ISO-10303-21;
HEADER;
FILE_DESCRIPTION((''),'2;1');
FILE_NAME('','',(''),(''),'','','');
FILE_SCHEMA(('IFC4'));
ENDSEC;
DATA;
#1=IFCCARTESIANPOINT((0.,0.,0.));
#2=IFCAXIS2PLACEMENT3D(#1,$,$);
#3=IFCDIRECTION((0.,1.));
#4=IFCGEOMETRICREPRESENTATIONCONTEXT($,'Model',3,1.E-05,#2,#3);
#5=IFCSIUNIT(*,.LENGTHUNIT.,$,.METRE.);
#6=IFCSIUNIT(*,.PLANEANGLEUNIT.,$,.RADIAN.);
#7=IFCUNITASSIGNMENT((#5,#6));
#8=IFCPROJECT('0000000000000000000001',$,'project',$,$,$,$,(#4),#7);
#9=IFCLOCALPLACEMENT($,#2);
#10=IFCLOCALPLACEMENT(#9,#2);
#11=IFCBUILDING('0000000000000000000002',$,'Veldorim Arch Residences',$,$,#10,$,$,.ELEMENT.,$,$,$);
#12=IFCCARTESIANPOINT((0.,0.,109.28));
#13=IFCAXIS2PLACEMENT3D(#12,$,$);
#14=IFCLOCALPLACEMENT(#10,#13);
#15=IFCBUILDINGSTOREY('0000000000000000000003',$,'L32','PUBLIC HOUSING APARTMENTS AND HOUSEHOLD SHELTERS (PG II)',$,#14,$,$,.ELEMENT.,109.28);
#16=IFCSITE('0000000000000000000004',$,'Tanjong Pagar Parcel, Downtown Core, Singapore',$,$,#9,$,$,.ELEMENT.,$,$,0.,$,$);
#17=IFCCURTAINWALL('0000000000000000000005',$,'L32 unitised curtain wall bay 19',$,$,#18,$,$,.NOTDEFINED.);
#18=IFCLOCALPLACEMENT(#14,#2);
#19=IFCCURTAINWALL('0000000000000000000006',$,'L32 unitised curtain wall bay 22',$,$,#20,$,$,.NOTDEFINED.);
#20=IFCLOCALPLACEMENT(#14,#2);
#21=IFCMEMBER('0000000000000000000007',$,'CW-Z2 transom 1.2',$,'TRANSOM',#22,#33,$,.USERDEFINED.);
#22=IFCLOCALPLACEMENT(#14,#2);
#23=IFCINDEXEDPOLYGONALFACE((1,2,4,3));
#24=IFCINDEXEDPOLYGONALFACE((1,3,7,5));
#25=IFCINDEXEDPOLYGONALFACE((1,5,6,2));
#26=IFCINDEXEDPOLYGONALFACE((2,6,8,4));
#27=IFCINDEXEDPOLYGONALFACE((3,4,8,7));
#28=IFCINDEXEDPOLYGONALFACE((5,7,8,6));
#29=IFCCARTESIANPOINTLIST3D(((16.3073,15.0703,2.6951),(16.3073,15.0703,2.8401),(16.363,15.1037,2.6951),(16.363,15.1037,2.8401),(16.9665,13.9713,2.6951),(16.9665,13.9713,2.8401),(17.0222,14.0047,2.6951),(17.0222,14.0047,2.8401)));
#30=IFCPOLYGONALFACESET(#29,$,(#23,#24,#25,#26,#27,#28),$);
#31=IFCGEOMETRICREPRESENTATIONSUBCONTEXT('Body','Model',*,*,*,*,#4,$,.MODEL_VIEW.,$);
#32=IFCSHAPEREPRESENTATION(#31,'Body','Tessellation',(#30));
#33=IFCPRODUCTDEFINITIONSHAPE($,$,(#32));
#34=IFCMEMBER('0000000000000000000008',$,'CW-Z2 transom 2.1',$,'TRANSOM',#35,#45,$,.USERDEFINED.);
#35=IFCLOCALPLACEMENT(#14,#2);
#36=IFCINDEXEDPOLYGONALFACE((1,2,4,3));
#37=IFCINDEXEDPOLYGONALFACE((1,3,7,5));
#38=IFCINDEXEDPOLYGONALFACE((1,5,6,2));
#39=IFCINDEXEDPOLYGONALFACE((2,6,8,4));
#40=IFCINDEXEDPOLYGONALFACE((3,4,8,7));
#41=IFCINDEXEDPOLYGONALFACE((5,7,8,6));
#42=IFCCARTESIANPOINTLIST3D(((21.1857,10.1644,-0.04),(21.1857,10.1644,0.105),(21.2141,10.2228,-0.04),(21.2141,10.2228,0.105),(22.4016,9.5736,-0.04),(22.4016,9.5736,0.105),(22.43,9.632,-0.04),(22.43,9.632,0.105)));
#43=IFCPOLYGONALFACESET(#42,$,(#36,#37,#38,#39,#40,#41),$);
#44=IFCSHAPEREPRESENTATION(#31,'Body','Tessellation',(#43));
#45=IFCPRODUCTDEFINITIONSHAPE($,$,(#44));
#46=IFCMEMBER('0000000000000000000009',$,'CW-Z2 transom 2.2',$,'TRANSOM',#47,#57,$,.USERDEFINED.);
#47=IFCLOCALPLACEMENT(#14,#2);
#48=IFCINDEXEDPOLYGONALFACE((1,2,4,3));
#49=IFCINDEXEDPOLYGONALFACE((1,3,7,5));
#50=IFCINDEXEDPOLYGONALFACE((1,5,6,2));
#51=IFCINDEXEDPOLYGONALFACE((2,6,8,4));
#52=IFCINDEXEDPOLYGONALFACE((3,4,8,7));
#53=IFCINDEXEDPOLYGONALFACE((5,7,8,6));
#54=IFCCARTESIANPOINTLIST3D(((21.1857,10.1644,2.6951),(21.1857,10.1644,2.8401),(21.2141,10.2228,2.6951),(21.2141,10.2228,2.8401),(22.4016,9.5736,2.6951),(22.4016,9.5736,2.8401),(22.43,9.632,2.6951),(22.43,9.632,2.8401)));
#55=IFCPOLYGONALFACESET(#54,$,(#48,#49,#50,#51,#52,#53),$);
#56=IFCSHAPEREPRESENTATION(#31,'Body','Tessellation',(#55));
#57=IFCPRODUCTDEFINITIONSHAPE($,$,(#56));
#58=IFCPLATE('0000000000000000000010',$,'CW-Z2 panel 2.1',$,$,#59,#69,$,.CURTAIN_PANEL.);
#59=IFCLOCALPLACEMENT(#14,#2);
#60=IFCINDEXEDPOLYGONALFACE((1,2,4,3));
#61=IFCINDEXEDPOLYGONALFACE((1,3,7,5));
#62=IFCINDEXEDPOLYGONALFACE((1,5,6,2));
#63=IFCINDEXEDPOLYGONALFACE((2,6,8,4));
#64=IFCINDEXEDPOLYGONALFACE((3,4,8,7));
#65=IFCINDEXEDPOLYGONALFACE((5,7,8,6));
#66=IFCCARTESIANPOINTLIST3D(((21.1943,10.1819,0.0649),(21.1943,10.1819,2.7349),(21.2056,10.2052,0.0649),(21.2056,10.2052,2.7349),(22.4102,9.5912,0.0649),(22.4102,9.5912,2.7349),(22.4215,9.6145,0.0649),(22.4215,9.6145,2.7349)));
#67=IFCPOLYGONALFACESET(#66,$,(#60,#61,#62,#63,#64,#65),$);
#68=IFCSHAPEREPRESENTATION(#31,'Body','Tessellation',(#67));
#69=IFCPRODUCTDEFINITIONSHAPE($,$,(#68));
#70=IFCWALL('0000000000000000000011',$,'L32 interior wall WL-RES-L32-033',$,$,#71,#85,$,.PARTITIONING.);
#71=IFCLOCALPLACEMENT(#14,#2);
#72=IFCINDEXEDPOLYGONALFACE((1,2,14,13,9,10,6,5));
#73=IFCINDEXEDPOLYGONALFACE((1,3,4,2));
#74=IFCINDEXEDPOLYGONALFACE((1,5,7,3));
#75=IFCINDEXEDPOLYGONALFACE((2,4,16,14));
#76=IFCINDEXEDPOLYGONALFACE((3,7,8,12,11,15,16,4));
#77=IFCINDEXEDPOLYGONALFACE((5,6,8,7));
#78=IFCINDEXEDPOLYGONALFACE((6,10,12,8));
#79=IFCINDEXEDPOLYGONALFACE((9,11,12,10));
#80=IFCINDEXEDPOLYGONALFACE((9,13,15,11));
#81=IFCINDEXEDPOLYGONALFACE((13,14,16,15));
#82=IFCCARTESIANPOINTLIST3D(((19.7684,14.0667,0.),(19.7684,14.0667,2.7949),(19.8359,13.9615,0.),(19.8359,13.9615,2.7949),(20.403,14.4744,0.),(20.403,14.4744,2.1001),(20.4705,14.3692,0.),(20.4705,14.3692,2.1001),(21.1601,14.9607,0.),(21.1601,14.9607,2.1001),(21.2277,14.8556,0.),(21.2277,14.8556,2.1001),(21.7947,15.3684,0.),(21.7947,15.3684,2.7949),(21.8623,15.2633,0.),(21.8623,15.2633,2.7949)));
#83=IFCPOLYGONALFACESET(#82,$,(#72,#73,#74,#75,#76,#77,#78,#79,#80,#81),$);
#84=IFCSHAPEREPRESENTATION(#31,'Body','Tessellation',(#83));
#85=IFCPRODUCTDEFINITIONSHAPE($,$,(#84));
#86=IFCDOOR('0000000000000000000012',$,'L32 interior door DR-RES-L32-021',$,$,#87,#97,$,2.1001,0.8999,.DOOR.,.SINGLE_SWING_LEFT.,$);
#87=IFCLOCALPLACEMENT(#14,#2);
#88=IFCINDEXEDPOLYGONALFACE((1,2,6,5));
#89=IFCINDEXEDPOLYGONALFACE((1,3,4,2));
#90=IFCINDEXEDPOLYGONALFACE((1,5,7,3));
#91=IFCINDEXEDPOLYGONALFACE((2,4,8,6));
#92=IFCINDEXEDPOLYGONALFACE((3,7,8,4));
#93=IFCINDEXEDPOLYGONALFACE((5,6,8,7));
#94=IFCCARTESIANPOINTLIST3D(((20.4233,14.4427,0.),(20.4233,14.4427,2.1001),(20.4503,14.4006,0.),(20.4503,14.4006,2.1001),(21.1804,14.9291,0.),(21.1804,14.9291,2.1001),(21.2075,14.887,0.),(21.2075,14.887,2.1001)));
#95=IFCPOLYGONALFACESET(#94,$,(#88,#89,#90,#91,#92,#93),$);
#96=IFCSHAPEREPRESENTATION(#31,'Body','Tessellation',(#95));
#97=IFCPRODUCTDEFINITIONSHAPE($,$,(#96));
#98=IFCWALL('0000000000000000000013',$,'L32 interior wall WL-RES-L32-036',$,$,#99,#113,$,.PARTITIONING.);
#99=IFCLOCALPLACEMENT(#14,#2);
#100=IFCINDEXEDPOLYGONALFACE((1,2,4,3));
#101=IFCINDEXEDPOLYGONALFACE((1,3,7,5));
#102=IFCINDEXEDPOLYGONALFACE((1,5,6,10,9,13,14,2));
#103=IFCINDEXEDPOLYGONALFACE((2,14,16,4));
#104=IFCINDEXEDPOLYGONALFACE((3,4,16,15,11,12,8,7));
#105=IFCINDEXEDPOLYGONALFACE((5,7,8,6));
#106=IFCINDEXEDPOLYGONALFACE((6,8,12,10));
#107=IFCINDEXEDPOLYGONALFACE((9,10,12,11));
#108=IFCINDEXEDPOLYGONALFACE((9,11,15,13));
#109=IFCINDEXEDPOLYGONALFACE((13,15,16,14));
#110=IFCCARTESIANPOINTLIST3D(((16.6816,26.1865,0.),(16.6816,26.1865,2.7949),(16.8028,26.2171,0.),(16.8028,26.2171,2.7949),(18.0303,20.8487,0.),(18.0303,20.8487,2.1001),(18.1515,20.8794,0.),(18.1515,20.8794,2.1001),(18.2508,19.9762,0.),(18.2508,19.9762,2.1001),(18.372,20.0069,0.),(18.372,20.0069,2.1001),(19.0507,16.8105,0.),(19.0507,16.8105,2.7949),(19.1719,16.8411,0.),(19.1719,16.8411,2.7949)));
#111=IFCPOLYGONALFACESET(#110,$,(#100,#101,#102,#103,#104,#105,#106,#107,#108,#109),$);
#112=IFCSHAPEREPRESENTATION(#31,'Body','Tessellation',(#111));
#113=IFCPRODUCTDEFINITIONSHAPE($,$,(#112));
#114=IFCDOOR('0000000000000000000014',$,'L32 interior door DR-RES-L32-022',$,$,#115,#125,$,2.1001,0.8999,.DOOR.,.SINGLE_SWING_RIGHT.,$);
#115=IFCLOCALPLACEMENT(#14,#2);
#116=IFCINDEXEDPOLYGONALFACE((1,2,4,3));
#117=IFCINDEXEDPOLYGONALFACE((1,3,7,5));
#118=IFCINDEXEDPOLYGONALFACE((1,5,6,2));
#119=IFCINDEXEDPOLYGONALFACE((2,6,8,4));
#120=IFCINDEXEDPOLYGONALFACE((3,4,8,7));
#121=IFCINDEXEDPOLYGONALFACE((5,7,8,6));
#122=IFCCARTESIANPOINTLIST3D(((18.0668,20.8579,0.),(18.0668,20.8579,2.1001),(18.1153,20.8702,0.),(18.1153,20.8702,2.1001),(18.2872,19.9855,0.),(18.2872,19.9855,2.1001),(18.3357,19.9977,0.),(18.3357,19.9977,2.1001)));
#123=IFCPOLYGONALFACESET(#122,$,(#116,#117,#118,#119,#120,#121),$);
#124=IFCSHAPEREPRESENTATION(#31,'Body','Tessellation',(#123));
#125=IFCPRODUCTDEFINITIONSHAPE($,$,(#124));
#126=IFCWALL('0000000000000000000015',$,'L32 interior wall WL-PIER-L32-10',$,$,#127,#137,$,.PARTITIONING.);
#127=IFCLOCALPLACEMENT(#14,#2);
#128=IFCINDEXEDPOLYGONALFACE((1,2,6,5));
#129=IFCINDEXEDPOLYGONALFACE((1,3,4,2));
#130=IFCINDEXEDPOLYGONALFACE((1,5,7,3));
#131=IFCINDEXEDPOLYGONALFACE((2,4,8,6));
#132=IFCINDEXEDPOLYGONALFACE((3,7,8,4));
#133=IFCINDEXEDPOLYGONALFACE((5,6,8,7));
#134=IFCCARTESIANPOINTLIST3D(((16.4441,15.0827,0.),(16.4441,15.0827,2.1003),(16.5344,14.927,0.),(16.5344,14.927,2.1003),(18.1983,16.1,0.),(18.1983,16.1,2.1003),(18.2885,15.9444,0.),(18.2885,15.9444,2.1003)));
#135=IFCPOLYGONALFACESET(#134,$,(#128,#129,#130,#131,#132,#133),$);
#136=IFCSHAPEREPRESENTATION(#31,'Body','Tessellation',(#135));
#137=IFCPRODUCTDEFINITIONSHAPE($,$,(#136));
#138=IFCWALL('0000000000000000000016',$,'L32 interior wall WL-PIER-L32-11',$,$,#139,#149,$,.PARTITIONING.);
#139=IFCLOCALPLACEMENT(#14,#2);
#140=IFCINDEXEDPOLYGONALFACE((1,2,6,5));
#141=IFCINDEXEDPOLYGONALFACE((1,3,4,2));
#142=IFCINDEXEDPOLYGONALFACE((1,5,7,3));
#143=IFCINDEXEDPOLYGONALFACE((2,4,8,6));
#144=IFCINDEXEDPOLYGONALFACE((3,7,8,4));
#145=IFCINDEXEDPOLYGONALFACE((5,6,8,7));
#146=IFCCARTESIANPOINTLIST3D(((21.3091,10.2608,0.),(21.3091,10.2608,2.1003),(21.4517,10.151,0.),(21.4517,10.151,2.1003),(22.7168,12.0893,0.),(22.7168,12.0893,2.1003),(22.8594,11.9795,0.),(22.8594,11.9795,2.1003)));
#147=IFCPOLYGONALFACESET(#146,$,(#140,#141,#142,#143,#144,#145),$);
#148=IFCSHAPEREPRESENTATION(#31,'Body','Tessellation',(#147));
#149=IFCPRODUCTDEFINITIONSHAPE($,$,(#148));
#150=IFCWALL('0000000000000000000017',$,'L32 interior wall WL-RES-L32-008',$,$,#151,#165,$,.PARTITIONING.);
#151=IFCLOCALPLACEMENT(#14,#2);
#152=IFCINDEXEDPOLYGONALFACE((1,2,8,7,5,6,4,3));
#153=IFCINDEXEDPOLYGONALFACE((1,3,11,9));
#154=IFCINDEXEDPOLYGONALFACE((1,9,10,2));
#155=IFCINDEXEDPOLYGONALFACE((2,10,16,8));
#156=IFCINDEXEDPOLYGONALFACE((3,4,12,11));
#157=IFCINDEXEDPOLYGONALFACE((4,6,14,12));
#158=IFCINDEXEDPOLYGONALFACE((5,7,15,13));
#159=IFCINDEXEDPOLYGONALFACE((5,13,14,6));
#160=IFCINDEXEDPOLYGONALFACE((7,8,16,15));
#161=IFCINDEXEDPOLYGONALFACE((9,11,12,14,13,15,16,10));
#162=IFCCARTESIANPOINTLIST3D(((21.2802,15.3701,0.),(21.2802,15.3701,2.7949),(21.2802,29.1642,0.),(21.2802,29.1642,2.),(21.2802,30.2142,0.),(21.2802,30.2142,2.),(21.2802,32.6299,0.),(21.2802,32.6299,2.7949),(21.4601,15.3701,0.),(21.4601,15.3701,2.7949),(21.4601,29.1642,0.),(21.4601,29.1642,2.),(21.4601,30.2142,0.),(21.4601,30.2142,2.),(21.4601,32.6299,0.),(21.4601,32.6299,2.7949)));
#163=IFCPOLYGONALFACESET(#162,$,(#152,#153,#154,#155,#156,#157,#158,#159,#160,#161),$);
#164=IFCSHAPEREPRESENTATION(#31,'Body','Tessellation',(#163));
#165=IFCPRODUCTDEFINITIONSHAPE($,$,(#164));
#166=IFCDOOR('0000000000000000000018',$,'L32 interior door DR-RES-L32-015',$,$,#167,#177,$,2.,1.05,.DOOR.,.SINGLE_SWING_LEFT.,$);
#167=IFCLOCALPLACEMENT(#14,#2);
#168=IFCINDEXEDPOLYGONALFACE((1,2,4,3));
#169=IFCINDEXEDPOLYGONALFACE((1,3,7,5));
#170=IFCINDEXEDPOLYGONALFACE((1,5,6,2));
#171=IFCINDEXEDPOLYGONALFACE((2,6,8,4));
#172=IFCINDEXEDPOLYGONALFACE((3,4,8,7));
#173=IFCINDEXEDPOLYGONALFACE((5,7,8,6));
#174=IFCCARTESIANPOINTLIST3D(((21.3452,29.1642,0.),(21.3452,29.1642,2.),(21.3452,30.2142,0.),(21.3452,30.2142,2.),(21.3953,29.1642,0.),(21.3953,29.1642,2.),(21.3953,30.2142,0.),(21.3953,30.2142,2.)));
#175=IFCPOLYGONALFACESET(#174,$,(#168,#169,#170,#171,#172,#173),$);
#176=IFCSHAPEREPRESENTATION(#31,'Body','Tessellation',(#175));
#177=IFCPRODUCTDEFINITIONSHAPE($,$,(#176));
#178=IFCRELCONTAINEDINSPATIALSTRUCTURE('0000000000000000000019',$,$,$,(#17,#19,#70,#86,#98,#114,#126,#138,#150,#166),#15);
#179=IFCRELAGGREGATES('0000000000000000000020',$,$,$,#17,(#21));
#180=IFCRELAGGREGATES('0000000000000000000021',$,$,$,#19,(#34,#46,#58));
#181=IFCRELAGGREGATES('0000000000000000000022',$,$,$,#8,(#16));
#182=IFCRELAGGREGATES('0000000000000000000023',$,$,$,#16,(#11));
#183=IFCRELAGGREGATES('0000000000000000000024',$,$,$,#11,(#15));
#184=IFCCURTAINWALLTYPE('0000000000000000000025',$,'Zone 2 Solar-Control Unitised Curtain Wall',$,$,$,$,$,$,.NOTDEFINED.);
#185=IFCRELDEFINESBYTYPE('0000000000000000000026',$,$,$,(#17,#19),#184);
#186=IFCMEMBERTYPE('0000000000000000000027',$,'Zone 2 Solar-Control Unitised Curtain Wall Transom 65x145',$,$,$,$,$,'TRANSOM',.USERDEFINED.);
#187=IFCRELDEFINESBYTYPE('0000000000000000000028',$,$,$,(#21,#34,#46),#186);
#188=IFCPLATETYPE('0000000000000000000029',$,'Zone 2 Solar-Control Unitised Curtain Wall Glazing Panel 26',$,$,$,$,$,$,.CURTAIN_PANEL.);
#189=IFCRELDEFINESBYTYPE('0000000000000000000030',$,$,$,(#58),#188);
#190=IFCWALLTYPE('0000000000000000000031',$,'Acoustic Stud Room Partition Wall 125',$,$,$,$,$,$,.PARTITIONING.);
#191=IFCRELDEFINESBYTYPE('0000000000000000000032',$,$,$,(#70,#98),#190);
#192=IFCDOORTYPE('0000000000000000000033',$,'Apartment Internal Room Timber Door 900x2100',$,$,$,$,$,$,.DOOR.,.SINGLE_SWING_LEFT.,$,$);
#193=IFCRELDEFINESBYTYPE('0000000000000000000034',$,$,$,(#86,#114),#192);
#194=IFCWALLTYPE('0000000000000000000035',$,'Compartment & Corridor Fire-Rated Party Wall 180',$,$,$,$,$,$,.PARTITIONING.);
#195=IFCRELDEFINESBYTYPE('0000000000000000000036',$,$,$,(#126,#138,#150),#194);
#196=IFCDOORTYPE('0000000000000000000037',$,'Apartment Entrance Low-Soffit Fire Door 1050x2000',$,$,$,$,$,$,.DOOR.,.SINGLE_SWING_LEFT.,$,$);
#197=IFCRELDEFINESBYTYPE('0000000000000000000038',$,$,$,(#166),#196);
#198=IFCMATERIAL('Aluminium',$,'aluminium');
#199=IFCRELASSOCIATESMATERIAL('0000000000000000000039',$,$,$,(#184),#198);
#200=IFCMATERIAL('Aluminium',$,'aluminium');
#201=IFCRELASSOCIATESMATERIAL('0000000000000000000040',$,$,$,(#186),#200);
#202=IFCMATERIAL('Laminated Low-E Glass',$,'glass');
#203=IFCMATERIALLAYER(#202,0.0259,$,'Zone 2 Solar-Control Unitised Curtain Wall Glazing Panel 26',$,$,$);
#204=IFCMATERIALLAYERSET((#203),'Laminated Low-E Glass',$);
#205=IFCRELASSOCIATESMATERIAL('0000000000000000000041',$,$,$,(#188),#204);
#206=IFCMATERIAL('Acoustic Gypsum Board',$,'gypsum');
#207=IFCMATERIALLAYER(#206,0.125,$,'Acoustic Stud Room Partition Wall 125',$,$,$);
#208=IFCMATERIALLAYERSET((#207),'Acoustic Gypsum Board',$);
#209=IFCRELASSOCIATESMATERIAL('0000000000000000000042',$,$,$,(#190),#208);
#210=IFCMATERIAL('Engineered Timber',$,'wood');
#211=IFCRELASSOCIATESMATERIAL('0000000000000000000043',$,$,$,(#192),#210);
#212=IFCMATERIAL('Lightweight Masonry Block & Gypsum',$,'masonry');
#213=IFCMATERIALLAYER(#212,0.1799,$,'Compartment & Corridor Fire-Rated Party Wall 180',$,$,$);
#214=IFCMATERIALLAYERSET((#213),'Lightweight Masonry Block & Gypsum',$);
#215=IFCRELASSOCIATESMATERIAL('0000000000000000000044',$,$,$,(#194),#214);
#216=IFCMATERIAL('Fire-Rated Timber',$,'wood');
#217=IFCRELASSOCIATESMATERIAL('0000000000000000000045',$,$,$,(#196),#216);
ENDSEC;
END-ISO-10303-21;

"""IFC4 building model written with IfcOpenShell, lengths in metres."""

from ifc_helpers import new_model, si_unit, direction, frame, frame_2d, origin, origin_2d, place, context, subcontext, project, spatial, rectangle, extrude, material, layer, layer_set, material_profile, profile_set, type_object, element, fill, aggregate, save


model = new_model("IFC4")

# Units and contexts
model_context = context("Model", 3, precision=1e-05, world=origin(), true_north=direction((0.0, 1.0)))
body_context = subcontext(model_context, "Body", "Model", "MODEL_VIEW")
ifc_project = project(units=[si_unit("LENGTHUNIT", "METRE"), si_unit("PLANEANGLEUNIT", "RADIAN")], contexts=[model_context])

# Site, building, storey
site_placement = place(None, origin())
site = spatial("IfcSite", under=ifc_project, at=site_placement, Name="Tanjong Pagar Parcel, Downtown Core, Singapore", CompositionType="ELEMENT", RefElevation=0.0)
building_placement = place(site_placement, origin())
building = spatial("IfcBuilding", under=site, at=building_placement, Name="Veldorim Arch Residences", CompositionType="ELEMENT")
storey_placement = place(building_placement, frame((0.0, 0.0, 109.28)))
storey = spatial("IfcBuildingStorey", under=building, at=storey_placement, Name="L32", Description="PUBLIC HOUSING APARTMENTS AND HOUSEHOLD SHELTERS (PG II)", CompositionType="ELEMENT", Elevation=109.28)

# Curtain wall
ifc_material_1 = material(Name="Aluminium", Category="aluminium")
curtain_wall_type = type_object("IfcCurtainWallType", Name="Zone 2 Solar-Control Unitised Curtain Wall", PredefinedType="NOTDEFINED", material=ifc_material_1)
curtain_wall_1_placement = place(storey_placement, origin())
curtain_wall_1 = element("IfcCurtainWall", 1, at=curtain_wall_1_placement, inside=storey, type_object=curtain_wall_type, Name="L32 unitised curtain wall bay 19", PredefinedType="NOTDEFINED")

# Curtain wall
curtain_wall_2_placement = place(storey_placement, origin())
curtain_wall_2 = element("IfcCurtainWall", 2, at=curtain_wall_2_placement, inside=storey, type_object=curtain_wall_type, Name="L32 unitised curtain wall bay 22", PredefinedType="NOTDEFINED")

# Members
ifc_material_2 = material(Name="Aluminium", Category="aluminium")
ifc_material_profile_1 = material_profile(ifc_material_2, rectangle(XDim=0.0649, YDim=0.145, at=origin_2d()), Name="ALU_TRN_65x145")
ifc_profile_set_1 = profile_set([ifc_material_profile_1], Name="Aluminium")
member_type_1 = type_object("IfcMemberType", Name="Zone 2 Solar-Control Unitised Curtain Wall Transom 65x145", ElementType="TRANSOM", PredefinedType="USERDEFINED", material=ifc_profile_set_1)
member_1_placement = place(storey_placement, frame((16.9944, 13.988, 2.7676), z_axis=(-0.514412, 0.857543, 0.0), x_axis=(-0.857543, -0.514412, 0.0)))
member_1 = element("IfcMember", 3, at=member_1_placement, type_object=member_type_1, Name="CW-Z2 transom 1.2", ObjectType="TRANSOM", PredefinedType="USERDEFINED", context=body_context, shape_type="SweptSolid", body=[
    extrude(rectangle(XDim=0.0649, YDim=0.145, at=origin_2d()), origin(), (0.0, 0.0, 1.0), 1.2815),
])
aggregate(curtain_wall_1, [member_1])
member_2_placement = place(storey_placement, frame((22.4158, 9.6028, 0.0325), z_axis=(-0.899427, 0.437071, 0.0), x_axis=(-0.437071, -0.899427, 0.0)))
member_2 = element("IfcMember", 4, at=member_2_placement, type_object=member_type_1, Name="CW-Z2 transom 2.1", ObjectType="TRANSOM", PredefinedType="USERDEFINED", context=body_context, shape_type="SweptSolid", body=[
    extrude(rectangle(XDim=0.0649, YDim=0.145, at=origin_2d()), origin(), (0.0, 0.0, 1.0), 1.3518),
])
member_3_placement = place(storey_placement, frame((22.4158, 9.6028, 2.7676), z_axis=(-0.899427, 0.437071, 0.0), x_axis=(-0.437071, -0.899427, 0.0)))
member_3 = element("IfcMember", 5, at=member_3_placement, type_object=member_type_1, Name="CW-Z2 transom 2.2", ObjectType="TRANSOM", PredefinedType="USERDEFINED", context=body_context, shape_type="SweptSolid", body=[
    extrude(rectangle(XDim=0.0649, YDim=0.145, at=origin_2d()), origin(), (0.0, 0.0, 1.0), 1.3518),
])

# Plate
ifc_material_3 = material(Name="Laminated Low-E Glass", Category="glass")
ifc_layer_1 = layer(ifc_material_3, 0.0259, Name="Zone 2 Solar-Control Unitised Curtain Wall Glazing Panel 26")
ifc_layer_set_1 = layer_set([ifc_layer_1], Name="Laminated Low-E Glass")
plate_type = type_object("IfcPlateType", Name="Zone 2 Solar-Control Unitised Curtain Wall Glazing Panel 26", PredefinedType="CURTAIN_PANEL", material=ifc_layer_set_1)
plate_placement = place(storey_placement, frame((21.8079, 9.8982, 0.0649), z_axis=(0.0, 0.0, 1.0), x_axis=(-0.899462, 0.437, 0.0)))
plate = element("IfcPlate", 6, at=plate_placement, type_object=plate_type, Name="CW-Z2 panel 2.1", PredefinedType="CURTAIN_PANEL", context=body_context, shape_type="SweptSolid", body=[
    extrude(rectangle(XDim=1.3518, YDim=0.0259, at=origin_2d()), origin(), (0.0, 0.0, 1.0), 2.6699),
])
aggregate(curtain_wall_2, [member_2, member_3, plate])

# Walls, openings, doors
ifc_material_4 = material(Name="Acoustic Gypsum Board", Category="gypsum")
ifc_layer_2 = layer(ifc_material_4, 0.125, Name="Acoustic Stud Room Partition Wall 125")
ifc_layer_set_2 = layer_set([ifc_layer_2], Name="Acoustic Gypsum Board")
wall_type_1 = type_object("IfcWallType", Name="Acoustic Stud Room Partition Wall 125", PredefinedType="PARTITIONING", material=ifc_layer_set_2)
wall_1_placement = place(storey_placement, frame((19.8022, 14.0142, 0.0), z_axis=(0.0, 0.0, 1.0), x_axis=(0.84135, 0.540491, 0.0)))
wall_1 = element("IfcWall", 7, at=wall_1_placement, inside=storey, type_object=wall_type_1, Name="L32 interior wall WL-RES-L32-033", PredefinedType="PARTITIONING", context=body_context, shape_type="SweptSolid", body=[
    extrude(rectangle(XDim=2.4084, YDim=0.125, at=frame_2d((1.2041, 0.0))), origin(), (0.0, 0.0, 1.0), 2.7949),
])
opening_1_placement = place(wall_1_placement, frame((0.7542, 0.0, 0.0)))
opening_1 = element("IfcOpeningElement", 8, at=opening_1_placement, cuts=wall_1, PredefinedType="OPENING", context=body_context, shape_type="SweptSolid", body=[
    extrude(rectangle(XDim=0.8999, YDim=2.1001, at=frame_2d((0.45, 1.05))), frame((0.0, 0.0725, 0.0), z_axis=(0.0, -1.0, 0.0), x_axis=(1.0, 0.0, 0.0)), (0.0, 0.0, 1.0), 0.145),
])
ifc_material_5 = material(Name="Engineered Timber", Category="wood")
door_type_1 = type_object("IfcDoorType", Name="Apartment Internal Room Timber Door 900x2100", OperationType="SINGLE_SWING_LEFT", PredefinedType="DOOR", material=ifc_material_5)
door_1_placement = place(opening_1_placement, origin())
door_1 = element("IfcDoor", 9, at=door_1_placement, inside=storey, type_object=door_type_1, Name="L32 interior door DR-RES-L32-021", OperationType="SINGLE_SWING_LEFT", OverallHeight=2.1001, OverallWidth=0.8999, PredefinedType="DOOR", context=body_context, shape_type="SweptSolid", body=[
    extrude(rectangle(XDim=0.8999, YDim=2.1001, at=frame_2d((0.45, 1.05))), frame((0.0, 0.0249, 0.0), z_axis=(0.0, -1.0, 0.0), x_axis=(1.0, 0.0, 0.0)), (0.0, 0.0, 1.0), 0.05),
])
fill(opening_1, door_1)
wall_2_placement = place(storey_placement, frame((19.1113, 16.8257, 0.0), z_axis=(0.0, 0.0, 1.0), x_axis=(-0.244982, 0.969528, 0.0)))
wall_2 = element("IfcWall", 10, at=wall_2_placement, inside=storey, type_object=wall_type_1, Name="L32 interior wall WL-RES-L32-036", PredefinedType="PARTITIONING", context=body_context, shape_type="SweptSolid", body=[
    extrude(rectangle(XDim=9.6707, YDim=0.125, at=frame_2d((4.8354, 0.0))), origin(), (0.0, 0.0, 1.0), 2.7949),
])
opening_2_placement = place(wall_2_placement, frame((3.2654, 0.0, 0.0)))
opening_2 = element("IfcOpeningElement", 11, at=opening_2_placement, cuts=wall_2, PredefinedType="OPENING", context=body_context, shape_type="SweptSolid", body=[
    extrude(rectangle(XDim=0.8999, YDim=2.1001, at=frame_2d((0.45, 1.05))), frame((0.0, 0.0725, 0.0), z_axis=(0.0, -1.0, 0.0), x_axis=(1.0, 0.0, 0.0)), (0.0, 0.0, 1.0), 0.145),
])
door_2_placement = place(opening_2_placement, origin())
door_2 = element("IfcDoor", 12, at=door_2_placement, inside=storey, type_object=door_type_1, Name="L32 interior door DR-RES-L32-022", OperationType="SINGLE_SWING_RIGHT", OverallHeight=2.1001, OverallWidth=0.8999, PredefinedType="DOOR", context=body_context, shape_type="SweptSolid", body=[
    extrude(rectangle(XDim=0.8999, YDim=2.1001, at=frame_2d((0.45, 1.05))), frame((0.0, 0.0249, 0.0), z_axis=(0.0, -1.0, 0.0), x_axis=(1.0, 0.0, 0.0)), (0.0, 0.0, 1.0), 0.05),
])
fill(opening_2, door_2)

# Walls
ifc_material_6 = material(Name="Lightweight Masonry Block & Gypsum", Category="masonry")
ifc_layer_3 = layer(ifc_material_6, 0.1799, Name="Compartment & Corridor Fire-Rated Party Wall 180")
ifc_layer_set_3 = layer_set([ifc_layer_3], Name="Lightweight Masonry Block & Gypsum")
wall_type_2 = type_object("IfcWallType", Name="Compartment & Corridor Fire-Rated Party Wall 180", PredefinedType="PARTITIONING", material=ifc_layer_set_3)
wall_3_placement = place(storey_placement, frame((18.2434, 16.0222, 0.0), z_axis=(0.0, 0.0, 1.0), x_axis=(-0.865047, -0.501691, 0.0)))
element("IfcWall", 13, at=wall_3_placement, inside=storey, type_object=wall_type_2, Name="L32 interior wall WL-PIER-L32-10", PredefinedType="PARTITIONING", context=body_context, shape_type="SweptSolid", body=[
    extrude(rectangle(XDim=2.0278, YDim=0.1799, at=frame_2d((1.0139, 0.0))), origin(), (0.0, 0.0, 1.0), 2.1003),
])
wall_4_placement = place(storey_placement, frame((22.7881, 12.0344, 0.0), z_axis=(0.0, 0.0, 1.0), x_axis=(-0.610007, -0.792396, 0.0)))
element("IfcWall", 14, at=wall_4_placement, inside=storey, type_object=wall_type_2, Name="L32 interior wall WL-PIER-L32-11", PredefinedType="PARTITIONING", context=body_context, shape_type="SweptSolid", body=[
    extrude(rectangle(XDim=2.3076, YDim=0.1799, at=frame_2d((1.1538, 0.0))), origin(), (0.0, 0.0, 1.0), 2.1003),
])

# Wall, opening, door
wall_5_placement = place(storey_placement, frame((21.3701, 15.3701, 0.0), z_axis=(0.0, 0.0, 1.0), x_axis=(0.0, 1.0, 0.0)))
wall_5 = element("IfcWall", 15, at=wall_5_placement, inside=storey, type_object=wall_type_2, Name="L32 interior wall WL-RES-L32-008", PredefinedType="PARTITIONING", context=body_context, shape_type="SweptSolid", body=[
    extrude(rectangle(XDim=17.2598, YDim=0.1799, at=frame_2d((8.6299, 0.0))), origin(), (0.0, 0.0, 1.0), 2.7949),
])
opening_3_placement = place(wall_5_placement, frame((13.7942, 0.0, 0.0)))
opening_3 = element("IfcOpeningElement", 16, at=opening_3_placement, cuts=wall_5, PredefinedType="OPENING", context=body_context, shape_type="SweptSolid", body=[
    extrude(rectangle(XDim=1.05, YDim=2.0, at=frame_2d((0.5249, 1.0))), frame((0.0, 0.0999, 0.0), z_axis=(0.0, -1.0, 0.0), x_axis=(1.0, 0.0, 0.0)), (0.0, 0.0, 1.0), 0.2),
])
ifc_material_7 = material(Name="Fire-Rated Timber", Category="wood")
door_type_2 = type_object("IfcDoorType", Name="Apartment Entrance Low-Soffit Fire Door 1050x2000", OperationType="SINGLE_SWING_LEFT", PredefinedType="DOOR", material=ifc_material_7)
door_3_placement = place(opening_3_placement, origin())
door_3 = element("IfcDoor", 17, at=door_3_placement, inside=storey, type_object=door_type_2, Name="L32 interior door DR-RES-L32-015", OperationType="SINGLE_SWING_LEFT", OverallHeight=2.0, OverallWidth=1.05, PredefinedType="DOOR", context=body_context, shape_type="SweptSolid", body=[
    extrude(rectangle(XDim=1.05, YDim=2.0, at=frame_2d((0.5249, 1.0))), frame((0.0, 0.0249, 0.0), z_axis=(0.0, -1.0, 0.0), x_axis=(1.0, 0.0, 0.0)), (0.0, 0.0, 1.0), 0.05),
])
fill(opening_3, door_3)

save(model, "model.ifc")
